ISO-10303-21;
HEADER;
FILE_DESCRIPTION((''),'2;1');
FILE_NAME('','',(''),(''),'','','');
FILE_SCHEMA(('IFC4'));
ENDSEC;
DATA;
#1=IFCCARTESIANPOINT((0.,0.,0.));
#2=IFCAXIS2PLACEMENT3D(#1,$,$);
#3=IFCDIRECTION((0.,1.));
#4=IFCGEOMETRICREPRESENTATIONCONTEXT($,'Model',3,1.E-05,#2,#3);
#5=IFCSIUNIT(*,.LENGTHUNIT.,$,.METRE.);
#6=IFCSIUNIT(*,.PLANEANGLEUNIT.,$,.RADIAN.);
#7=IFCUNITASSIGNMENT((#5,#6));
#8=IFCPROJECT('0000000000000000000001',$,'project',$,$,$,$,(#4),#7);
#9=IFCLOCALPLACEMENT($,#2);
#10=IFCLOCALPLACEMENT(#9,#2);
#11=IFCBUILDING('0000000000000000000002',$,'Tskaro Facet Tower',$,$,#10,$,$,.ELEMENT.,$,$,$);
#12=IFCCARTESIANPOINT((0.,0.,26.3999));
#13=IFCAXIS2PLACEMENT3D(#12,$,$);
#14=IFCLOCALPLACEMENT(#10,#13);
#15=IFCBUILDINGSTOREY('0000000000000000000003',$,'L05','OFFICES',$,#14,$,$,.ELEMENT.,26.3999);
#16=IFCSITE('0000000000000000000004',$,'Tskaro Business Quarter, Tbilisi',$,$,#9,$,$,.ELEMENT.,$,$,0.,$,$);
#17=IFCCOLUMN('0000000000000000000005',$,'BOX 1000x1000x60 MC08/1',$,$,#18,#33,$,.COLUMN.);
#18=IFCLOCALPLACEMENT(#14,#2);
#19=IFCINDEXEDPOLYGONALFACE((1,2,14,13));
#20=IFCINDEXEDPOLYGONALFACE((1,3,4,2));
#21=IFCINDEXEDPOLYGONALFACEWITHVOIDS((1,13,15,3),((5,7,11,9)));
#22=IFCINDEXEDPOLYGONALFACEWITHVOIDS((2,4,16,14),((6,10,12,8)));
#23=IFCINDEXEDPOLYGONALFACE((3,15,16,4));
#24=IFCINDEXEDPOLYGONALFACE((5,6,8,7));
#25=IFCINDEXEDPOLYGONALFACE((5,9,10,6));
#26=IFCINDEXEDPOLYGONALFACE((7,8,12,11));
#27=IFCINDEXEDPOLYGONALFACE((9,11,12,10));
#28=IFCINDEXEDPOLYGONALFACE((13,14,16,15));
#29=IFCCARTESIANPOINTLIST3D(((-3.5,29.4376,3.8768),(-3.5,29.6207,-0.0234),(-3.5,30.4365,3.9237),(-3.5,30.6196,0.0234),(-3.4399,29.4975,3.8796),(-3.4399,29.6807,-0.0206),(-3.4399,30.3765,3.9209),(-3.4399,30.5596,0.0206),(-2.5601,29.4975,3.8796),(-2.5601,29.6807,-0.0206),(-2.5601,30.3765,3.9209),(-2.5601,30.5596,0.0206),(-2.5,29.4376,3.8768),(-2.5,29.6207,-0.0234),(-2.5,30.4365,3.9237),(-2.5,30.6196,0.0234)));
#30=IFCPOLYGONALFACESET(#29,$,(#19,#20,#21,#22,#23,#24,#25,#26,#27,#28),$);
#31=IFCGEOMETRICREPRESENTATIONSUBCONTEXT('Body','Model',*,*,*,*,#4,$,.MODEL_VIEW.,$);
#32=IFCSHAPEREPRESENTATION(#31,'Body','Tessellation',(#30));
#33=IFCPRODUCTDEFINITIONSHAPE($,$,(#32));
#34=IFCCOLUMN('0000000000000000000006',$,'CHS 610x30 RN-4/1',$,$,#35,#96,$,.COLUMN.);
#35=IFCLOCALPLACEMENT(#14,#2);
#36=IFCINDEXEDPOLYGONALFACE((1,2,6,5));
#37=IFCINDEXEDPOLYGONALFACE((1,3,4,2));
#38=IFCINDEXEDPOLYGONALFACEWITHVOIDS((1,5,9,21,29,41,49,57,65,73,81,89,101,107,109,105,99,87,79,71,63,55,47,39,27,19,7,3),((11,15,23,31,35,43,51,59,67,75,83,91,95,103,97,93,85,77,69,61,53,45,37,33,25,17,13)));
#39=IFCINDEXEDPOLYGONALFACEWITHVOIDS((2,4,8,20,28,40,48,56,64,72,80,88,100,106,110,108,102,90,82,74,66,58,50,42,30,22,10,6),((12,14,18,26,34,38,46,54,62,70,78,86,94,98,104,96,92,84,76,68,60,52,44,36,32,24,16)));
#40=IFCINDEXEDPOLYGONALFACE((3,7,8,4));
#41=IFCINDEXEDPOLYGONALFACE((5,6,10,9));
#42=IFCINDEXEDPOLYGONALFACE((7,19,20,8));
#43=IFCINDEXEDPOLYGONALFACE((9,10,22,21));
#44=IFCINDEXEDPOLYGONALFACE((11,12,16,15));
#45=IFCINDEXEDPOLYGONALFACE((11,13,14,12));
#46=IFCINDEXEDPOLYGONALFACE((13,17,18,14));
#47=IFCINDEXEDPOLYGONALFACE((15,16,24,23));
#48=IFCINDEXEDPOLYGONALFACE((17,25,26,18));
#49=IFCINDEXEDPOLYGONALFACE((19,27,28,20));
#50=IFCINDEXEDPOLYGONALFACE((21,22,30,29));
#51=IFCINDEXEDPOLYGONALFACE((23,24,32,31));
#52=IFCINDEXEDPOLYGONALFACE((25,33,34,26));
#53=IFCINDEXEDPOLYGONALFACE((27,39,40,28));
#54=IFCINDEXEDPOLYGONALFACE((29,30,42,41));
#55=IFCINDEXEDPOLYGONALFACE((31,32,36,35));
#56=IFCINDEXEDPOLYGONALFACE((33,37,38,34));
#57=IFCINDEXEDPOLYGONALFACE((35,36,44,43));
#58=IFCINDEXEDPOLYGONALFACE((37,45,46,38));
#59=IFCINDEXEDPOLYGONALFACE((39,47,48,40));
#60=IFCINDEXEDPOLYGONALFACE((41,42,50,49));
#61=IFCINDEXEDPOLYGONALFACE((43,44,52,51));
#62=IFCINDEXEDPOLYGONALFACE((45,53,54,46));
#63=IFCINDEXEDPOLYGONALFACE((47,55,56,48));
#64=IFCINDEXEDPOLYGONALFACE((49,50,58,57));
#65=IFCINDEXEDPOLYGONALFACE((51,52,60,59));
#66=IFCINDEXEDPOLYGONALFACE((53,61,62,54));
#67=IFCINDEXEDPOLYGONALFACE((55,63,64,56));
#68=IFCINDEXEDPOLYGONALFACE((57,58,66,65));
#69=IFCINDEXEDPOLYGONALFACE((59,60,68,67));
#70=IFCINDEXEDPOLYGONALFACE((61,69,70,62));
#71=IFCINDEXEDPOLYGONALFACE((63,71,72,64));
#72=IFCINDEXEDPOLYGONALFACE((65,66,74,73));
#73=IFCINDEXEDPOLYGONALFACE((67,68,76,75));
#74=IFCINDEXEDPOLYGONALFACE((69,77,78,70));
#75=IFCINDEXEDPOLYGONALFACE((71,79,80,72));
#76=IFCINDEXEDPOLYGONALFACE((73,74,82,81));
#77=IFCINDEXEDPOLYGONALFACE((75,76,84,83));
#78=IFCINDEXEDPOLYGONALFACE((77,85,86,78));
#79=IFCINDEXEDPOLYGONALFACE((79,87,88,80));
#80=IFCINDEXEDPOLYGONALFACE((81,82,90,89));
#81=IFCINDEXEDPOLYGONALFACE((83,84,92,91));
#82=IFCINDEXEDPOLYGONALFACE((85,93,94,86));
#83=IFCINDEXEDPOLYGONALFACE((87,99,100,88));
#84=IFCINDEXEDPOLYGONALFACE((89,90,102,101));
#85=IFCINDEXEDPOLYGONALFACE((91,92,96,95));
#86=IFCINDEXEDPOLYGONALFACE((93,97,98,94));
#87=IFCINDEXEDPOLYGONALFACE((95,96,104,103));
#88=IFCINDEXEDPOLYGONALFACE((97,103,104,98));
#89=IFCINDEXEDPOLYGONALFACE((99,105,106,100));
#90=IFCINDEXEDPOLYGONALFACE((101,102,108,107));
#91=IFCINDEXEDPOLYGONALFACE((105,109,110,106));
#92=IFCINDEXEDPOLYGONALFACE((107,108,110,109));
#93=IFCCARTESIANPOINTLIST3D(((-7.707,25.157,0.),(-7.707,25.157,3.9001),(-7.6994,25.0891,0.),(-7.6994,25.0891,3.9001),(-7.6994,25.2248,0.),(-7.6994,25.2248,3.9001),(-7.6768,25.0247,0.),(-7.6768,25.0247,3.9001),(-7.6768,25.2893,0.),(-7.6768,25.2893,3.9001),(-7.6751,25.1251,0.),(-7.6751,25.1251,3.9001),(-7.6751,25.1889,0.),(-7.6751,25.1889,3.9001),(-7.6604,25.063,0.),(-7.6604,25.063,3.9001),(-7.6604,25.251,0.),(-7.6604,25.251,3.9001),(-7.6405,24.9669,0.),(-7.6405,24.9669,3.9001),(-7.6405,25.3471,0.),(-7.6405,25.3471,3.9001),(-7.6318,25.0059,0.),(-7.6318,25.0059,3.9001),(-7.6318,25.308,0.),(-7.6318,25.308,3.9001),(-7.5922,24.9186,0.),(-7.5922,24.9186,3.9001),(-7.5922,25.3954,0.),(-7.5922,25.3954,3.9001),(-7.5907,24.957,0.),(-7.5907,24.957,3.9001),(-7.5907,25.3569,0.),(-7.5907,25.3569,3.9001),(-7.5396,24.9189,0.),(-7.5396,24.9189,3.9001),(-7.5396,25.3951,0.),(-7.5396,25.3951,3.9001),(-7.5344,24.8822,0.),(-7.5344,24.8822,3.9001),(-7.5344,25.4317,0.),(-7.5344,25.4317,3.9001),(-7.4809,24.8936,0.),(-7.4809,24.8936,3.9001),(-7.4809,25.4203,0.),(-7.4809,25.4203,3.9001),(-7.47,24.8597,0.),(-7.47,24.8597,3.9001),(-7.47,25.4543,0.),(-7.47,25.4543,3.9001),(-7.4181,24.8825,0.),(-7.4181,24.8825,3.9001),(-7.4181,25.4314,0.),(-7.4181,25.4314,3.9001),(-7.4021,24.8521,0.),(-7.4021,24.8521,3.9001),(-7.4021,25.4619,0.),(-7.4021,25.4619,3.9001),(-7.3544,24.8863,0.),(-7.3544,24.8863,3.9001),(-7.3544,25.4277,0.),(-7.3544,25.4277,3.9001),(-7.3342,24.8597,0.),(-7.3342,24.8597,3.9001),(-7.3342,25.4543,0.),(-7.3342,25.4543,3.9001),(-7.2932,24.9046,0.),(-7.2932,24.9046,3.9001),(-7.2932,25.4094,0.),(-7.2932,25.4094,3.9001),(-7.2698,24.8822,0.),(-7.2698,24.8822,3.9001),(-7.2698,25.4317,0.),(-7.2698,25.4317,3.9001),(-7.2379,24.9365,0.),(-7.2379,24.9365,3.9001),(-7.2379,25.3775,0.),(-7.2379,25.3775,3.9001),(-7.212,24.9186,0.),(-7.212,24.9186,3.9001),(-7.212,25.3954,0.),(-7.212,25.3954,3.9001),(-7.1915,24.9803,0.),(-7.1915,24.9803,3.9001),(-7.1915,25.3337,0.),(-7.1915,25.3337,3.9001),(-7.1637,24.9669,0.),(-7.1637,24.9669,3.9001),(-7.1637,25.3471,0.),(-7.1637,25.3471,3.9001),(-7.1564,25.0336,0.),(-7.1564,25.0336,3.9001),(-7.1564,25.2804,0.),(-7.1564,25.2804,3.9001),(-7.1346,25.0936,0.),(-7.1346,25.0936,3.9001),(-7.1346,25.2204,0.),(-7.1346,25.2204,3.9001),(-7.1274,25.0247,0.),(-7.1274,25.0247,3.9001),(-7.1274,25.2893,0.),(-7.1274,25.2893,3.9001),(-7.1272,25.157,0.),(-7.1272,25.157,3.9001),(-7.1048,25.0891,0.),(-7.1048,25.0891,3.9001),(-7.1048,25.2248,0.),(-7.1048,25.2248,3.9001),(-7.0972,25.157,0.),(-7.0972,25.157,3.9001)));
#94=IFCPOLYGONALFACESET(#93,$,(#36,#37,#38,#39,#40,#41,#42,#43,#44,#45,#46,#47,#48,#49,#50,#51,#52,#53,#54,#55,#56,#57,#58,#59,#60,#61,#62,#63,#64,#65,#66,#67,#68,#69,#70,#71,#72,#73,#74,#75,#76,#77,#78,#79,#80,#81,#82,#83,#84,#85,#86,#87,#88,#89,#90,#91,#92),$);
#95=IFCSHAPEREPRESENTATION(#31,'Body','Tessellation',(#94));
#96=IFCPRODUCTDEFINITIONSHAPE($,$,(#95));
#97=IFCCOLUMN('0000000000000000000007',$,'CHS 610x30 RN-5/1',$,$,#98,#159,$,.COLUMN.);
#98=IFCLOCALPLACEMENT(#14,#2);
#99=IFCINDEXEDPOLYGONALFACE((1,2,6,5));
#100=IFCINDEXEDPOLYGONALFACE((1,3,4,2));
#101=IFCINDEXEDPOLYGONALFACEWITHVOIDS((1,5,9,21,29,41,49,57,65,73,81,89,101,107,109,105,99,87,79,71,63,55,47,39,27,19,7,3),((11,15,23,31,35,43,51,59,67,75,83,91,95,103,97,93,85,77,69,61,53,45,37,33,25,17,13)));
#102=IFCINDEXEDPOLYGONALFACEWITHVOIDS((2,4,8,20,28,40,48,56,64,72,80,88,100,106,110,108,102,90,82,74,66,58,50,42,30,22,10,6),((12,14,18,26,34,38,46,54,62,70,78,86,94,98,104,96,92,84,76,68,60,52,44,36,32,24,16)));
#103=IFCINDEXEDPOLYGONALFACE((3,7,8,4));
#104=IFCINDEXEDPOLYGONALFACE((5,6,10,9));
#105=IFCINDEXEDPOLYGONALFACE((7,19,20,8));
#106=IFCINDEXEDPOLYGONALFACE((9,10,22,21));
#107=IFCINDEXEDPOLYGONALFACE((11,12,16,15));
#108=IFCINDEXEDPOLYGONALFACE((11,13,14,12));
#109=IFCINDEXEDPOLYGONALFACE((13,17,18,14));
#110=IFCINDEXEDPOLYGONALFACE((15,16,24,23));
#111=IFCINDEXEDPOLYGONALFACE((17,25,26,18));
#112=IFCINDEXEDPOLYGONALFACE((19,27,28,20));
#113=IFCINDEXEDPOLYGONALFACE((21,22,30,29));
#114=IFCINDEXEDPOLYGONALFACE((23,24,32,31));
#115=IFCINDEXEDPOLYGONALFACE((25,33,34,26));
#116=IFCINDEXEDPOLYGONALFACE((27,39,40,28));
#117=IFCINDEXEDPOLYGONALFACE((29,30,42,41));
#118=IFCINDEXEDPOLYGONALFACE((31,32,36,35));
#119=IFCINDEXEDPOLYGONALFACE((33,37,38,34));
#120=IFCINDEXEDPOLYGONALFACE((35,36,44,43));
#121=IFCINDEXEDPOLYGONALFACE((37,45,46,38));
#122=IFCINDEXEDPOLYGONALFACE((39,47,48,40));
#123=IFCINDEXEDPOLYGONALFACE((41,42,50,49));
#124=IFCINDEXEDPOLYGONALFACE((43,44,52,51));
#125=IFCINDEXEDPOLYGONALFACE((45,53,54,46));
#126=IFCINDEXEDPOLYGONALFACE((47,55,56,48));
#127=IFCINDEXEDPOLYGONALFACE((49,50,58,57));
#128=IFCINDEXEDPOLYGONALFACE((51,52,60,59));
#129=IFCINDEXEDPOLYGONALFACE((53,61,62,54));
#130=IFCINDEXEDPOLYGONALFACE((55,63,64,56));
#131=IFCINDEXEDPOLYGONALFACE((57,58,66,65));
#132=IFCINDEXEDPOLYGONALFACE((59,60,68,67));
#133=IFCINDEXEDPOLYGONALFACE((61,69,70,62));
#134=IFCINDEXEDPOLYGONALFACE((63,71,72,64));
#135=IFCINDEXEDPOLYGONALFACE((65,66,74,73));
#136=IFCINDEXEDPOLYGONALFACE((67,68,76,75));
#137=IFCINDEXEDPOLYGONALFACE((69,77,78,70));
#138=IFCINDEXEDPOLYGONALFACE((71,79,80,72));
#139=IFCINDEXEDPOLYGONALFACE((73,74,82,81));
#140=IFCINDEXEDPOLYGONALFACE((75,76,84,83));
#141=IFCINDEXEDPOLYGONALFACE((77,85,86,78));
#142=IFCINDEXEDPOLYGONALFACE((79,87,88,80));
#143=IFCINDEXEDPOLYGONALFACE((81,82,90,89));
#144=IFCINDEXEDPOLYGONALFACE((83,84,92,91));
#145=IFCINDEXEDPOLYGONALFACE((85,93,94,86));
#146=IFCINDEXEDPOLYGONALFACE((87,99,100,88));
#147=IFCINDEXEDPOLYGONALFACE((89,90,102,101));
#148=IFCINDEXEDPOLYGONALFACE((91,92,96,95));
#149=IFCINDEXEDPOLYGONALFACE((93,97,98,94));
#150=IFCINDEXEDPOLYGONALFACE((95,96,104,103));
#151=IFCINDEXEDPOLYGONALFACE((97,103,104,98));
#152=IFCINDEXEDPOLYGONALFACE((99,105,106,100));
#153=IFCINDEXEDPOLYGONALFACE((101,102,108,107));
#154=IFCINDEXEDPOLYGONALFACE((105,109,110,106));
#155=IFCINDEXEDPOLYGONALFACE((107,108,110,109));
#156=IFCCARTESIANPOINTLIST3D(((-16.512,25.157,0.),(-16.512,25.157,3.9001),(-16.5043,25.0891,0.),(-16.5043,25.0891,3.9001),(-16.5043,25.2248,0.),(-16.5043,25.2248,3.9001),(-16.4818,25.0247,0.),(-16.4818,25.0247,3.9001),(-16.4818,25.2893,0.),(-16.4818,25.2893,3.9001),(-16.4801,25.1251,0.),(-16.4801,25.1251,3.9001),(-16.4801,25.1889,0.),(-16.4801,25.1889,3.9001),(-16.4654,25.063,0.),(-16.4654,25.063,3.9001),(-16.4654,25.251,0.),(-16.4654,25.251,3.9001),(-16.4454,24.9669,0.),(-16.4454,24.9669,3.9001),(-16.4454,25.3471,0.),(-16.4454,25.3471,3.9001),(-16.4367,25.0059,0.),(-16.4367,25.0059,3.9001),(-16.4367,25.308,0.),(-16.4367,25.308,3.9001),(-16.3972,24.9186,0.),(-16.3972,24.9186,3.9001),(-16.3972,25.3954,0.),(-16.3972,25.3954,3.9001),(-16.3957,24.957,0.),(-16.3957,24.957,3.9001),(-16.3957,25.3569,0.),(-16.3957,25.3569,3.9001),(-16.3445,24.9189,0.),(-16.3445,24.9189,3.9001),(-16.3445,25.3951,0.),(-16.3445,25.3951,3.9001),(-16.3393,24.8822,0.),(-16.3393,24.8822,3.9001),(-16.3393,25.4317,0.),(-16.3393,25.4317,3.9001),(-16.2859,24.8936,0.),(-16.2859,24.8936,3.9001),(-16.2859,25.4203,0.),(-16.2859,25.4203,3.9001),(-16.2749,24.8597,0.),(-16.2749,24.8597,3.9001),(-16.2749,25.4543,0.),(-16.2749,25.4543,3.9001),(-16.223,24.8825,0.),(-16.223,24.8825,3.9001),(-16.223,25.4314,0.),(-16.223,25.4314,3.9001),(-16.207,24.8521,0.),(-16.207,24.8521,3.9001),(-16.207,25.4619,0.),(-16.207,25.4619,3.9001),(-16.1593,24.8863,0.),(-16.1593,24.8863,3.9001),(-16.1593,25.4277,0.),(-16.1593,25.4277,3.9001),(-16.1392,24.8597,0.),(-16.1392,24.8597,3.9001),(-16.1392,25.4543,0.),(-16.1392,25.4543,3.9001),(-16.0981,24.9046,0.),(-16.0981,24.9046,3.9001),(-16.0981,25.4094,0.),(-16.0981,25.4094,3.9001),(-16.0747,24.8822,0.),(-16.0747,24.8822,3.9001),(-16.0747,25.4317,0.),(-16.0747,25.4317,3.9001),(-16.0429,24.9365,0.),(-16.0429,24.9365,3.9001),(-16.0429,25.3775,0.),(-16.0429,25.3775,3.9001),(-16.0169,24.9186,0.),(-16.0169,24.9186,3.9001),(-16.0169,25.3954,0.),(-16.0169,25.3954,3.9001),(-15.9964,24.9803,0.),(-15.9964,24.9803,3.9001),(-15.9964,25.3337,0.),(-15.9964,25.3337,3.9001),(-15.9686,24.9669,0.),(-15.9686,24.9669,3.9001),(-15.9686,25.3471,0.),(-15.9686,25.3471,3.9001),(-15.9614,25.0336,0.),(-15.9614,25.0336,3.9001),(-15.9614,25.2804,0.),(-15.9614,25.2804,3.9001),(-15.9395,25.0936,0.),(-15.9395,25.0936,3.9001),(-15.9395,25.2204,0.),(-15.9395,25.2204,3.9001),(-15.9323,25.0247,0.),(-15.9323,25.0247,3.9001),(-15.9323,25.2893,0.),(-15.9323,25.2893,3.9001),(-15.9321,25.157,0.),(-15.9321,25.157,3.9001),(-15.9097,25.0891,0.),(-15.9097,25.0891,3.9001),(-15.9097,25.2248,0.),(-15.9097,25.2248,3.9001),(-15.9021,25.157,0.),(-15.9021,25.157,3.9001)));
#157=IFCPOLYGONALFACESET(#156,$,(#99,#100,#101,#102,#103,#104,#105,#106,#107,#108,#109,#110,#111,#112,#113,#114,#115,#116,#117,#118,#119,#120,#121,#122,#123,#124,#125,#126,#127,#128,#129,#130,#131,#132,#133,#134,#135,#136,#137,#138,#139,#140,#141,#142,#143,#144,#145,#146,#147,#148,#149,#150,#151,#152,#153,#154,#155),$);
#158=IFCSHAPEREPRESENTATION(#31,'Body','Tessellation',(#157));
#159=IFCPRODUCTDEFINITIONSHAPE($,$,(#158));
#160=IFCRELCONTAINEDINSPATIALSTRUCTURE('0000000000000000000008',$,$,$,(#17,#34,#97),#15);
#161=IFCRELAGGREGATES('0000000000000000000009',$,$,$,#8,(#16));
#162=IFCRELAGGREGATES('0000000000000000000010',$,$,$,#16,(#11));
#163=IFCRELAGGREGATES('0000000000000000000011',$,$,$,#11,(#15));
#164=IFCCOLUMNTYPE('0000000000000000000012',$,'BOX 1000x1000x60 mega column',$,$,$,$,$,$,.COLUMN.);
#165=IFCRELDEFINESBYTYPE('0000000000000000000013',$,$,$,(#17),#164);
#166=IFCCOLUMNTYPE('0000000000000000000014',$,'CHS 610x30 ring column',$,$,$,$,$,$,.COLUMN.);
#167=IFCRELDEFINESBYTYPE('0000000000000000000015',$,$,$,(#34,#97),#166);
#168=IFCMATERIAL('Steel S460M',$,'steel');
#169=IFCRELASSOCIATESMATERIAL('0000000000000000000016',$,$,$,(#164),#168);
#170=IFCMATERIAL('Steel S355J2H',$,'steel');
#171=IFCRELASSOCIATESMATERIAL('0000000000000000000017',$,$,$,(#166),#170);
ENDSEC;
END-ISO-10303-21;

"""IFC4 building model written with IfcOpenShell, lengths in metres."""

from ifc_helpers import new_model, si_unit, direction, frame, origin, origin_2d, place, context, subcontext, project, spatial, hollow_rectangle, hollow_circle, extrude, material, material_profile, profile_set, type_object, element, save


model = new_model("IFC4")

# Units and contexts
model_context = context("Model", 3, precision=1e-05, world=origin(), true_north=direction((0.0, 1.0)))
body_context = subcontext(model_context, "Body", "Model", "MODEL_VIEW")
ifc_project = project(units=[si_unit("LENGTHUNIT", "METRE"), si_unit("PLANEANGLEUNIT", "RADIAN")], contexts=[model_context])

# Site, building, storey
site_placement = place(None, origin())
site = spatial("IfcSite", under=ifc_project, at=site_placement, Name="Tskaro Business Quarter, Tbilisi", CompositionType="ELEMENT", RefElevation=0.0)
building_placement = place(site_placement, origin())
building = spatial("IfcBuilding", under=site, at=building_placement, Name="Tskaro Facet Tower", CompositionType="ELEMENT")
storey_placement = place(building_placement, frame((0.0, 0.0, 26.3999)))
storey = spatial("IfcBuildingStorey", under=building, at=storey_placement, Name="L05", Description="OFFICES", CompositionType="ELEMENT", Elevation=26.3999)

# Columns
ifc_material_1 = material(Name="Steel S460M", Category="steel")
ifc_material_profile_1 = material_profile(ifc_material_1, hollow_rectangle(XDim=1.0, YDim=1.0, WallThickness=0.0601, at=origin_2d()), Name="BOX 1000x1000x60")
ifc_profile_set_1 = profile_set([ifc_material_profile_1], Name="Steel S460M")
column_type_1 = type_object("IfcColumnType", Name="BOX 1000x1000x60 mega column", PredefinedType="COLUMN", material=ifc_profile_set_1)
column_placement = place(storey_placement, frame((-3.0, 30.1201, 0.0), z_axis=(0.0, -0.046897, 0.9989), x_axis=(1.0, 0.0, 0.0)))
element("IfcColumn", 1, at=column_placement, inside=storey, type_object=column_type_1, Name="BOX 1000x1000x60 MC08/1", PredefinedType="COLUMN", context=body_context, shape_type="SweptSolid", body=[
    extrude(hollow_rectangle(XDim=1.0, YDim=1.0, WallThickness=0.0601, at=origin_2d()), origin(), (0.0, 0.0, 1.0), 3.9045),
])
ifc_material_2 = material(Name="Steel S355J2H", Category="steel")
ifc_material_profile_2 = material_profile(ifc_material_2, hollow_circle(Radius=0.3049, WallThickness=0.03, at=origin_2d()), Name="CHS 610x30")
ifc_profile_set_2 = profile_set([ifc_material_profile_2], Name="Steel S355J2H")
column_type_2 = type_object("IfcColumnType", Name="CHS 610x30 ring column", PredefinedType="COLUMN", material=ifc_profile_set_2)
for number, where, z_axis, x_axis, name in (
    (2, (-7.4021, 25.157, 0.0), (0.0, 0.0, 1.0), (1.0, 0.0, 0.0), "CHS 610x30 RN-4/1"),
    (3, (-16.207, 25.157, 0.0), (0.0, 0.0, 1.0), (1.0, 0.0, 0.0), "CHS 610x30 RN-5/1"),
):
    element("IfcColumn", number, at=place(storey_placement, frame(where, z_axis=z_axis, x_axis=x_axis)), inside=storey, type_object=column_type_2, Name=name, PredefinedType="COLUMN", context=body_context, shape_type="SweptSolid", body=[
        extrude(hollow_circle(Radius=0.3049, WallThickness=0.03, at=origin_2d()), origin(), (0.0, 0.0, 1.0), 3.9001),
    ])

save(model, "model.ifc")
